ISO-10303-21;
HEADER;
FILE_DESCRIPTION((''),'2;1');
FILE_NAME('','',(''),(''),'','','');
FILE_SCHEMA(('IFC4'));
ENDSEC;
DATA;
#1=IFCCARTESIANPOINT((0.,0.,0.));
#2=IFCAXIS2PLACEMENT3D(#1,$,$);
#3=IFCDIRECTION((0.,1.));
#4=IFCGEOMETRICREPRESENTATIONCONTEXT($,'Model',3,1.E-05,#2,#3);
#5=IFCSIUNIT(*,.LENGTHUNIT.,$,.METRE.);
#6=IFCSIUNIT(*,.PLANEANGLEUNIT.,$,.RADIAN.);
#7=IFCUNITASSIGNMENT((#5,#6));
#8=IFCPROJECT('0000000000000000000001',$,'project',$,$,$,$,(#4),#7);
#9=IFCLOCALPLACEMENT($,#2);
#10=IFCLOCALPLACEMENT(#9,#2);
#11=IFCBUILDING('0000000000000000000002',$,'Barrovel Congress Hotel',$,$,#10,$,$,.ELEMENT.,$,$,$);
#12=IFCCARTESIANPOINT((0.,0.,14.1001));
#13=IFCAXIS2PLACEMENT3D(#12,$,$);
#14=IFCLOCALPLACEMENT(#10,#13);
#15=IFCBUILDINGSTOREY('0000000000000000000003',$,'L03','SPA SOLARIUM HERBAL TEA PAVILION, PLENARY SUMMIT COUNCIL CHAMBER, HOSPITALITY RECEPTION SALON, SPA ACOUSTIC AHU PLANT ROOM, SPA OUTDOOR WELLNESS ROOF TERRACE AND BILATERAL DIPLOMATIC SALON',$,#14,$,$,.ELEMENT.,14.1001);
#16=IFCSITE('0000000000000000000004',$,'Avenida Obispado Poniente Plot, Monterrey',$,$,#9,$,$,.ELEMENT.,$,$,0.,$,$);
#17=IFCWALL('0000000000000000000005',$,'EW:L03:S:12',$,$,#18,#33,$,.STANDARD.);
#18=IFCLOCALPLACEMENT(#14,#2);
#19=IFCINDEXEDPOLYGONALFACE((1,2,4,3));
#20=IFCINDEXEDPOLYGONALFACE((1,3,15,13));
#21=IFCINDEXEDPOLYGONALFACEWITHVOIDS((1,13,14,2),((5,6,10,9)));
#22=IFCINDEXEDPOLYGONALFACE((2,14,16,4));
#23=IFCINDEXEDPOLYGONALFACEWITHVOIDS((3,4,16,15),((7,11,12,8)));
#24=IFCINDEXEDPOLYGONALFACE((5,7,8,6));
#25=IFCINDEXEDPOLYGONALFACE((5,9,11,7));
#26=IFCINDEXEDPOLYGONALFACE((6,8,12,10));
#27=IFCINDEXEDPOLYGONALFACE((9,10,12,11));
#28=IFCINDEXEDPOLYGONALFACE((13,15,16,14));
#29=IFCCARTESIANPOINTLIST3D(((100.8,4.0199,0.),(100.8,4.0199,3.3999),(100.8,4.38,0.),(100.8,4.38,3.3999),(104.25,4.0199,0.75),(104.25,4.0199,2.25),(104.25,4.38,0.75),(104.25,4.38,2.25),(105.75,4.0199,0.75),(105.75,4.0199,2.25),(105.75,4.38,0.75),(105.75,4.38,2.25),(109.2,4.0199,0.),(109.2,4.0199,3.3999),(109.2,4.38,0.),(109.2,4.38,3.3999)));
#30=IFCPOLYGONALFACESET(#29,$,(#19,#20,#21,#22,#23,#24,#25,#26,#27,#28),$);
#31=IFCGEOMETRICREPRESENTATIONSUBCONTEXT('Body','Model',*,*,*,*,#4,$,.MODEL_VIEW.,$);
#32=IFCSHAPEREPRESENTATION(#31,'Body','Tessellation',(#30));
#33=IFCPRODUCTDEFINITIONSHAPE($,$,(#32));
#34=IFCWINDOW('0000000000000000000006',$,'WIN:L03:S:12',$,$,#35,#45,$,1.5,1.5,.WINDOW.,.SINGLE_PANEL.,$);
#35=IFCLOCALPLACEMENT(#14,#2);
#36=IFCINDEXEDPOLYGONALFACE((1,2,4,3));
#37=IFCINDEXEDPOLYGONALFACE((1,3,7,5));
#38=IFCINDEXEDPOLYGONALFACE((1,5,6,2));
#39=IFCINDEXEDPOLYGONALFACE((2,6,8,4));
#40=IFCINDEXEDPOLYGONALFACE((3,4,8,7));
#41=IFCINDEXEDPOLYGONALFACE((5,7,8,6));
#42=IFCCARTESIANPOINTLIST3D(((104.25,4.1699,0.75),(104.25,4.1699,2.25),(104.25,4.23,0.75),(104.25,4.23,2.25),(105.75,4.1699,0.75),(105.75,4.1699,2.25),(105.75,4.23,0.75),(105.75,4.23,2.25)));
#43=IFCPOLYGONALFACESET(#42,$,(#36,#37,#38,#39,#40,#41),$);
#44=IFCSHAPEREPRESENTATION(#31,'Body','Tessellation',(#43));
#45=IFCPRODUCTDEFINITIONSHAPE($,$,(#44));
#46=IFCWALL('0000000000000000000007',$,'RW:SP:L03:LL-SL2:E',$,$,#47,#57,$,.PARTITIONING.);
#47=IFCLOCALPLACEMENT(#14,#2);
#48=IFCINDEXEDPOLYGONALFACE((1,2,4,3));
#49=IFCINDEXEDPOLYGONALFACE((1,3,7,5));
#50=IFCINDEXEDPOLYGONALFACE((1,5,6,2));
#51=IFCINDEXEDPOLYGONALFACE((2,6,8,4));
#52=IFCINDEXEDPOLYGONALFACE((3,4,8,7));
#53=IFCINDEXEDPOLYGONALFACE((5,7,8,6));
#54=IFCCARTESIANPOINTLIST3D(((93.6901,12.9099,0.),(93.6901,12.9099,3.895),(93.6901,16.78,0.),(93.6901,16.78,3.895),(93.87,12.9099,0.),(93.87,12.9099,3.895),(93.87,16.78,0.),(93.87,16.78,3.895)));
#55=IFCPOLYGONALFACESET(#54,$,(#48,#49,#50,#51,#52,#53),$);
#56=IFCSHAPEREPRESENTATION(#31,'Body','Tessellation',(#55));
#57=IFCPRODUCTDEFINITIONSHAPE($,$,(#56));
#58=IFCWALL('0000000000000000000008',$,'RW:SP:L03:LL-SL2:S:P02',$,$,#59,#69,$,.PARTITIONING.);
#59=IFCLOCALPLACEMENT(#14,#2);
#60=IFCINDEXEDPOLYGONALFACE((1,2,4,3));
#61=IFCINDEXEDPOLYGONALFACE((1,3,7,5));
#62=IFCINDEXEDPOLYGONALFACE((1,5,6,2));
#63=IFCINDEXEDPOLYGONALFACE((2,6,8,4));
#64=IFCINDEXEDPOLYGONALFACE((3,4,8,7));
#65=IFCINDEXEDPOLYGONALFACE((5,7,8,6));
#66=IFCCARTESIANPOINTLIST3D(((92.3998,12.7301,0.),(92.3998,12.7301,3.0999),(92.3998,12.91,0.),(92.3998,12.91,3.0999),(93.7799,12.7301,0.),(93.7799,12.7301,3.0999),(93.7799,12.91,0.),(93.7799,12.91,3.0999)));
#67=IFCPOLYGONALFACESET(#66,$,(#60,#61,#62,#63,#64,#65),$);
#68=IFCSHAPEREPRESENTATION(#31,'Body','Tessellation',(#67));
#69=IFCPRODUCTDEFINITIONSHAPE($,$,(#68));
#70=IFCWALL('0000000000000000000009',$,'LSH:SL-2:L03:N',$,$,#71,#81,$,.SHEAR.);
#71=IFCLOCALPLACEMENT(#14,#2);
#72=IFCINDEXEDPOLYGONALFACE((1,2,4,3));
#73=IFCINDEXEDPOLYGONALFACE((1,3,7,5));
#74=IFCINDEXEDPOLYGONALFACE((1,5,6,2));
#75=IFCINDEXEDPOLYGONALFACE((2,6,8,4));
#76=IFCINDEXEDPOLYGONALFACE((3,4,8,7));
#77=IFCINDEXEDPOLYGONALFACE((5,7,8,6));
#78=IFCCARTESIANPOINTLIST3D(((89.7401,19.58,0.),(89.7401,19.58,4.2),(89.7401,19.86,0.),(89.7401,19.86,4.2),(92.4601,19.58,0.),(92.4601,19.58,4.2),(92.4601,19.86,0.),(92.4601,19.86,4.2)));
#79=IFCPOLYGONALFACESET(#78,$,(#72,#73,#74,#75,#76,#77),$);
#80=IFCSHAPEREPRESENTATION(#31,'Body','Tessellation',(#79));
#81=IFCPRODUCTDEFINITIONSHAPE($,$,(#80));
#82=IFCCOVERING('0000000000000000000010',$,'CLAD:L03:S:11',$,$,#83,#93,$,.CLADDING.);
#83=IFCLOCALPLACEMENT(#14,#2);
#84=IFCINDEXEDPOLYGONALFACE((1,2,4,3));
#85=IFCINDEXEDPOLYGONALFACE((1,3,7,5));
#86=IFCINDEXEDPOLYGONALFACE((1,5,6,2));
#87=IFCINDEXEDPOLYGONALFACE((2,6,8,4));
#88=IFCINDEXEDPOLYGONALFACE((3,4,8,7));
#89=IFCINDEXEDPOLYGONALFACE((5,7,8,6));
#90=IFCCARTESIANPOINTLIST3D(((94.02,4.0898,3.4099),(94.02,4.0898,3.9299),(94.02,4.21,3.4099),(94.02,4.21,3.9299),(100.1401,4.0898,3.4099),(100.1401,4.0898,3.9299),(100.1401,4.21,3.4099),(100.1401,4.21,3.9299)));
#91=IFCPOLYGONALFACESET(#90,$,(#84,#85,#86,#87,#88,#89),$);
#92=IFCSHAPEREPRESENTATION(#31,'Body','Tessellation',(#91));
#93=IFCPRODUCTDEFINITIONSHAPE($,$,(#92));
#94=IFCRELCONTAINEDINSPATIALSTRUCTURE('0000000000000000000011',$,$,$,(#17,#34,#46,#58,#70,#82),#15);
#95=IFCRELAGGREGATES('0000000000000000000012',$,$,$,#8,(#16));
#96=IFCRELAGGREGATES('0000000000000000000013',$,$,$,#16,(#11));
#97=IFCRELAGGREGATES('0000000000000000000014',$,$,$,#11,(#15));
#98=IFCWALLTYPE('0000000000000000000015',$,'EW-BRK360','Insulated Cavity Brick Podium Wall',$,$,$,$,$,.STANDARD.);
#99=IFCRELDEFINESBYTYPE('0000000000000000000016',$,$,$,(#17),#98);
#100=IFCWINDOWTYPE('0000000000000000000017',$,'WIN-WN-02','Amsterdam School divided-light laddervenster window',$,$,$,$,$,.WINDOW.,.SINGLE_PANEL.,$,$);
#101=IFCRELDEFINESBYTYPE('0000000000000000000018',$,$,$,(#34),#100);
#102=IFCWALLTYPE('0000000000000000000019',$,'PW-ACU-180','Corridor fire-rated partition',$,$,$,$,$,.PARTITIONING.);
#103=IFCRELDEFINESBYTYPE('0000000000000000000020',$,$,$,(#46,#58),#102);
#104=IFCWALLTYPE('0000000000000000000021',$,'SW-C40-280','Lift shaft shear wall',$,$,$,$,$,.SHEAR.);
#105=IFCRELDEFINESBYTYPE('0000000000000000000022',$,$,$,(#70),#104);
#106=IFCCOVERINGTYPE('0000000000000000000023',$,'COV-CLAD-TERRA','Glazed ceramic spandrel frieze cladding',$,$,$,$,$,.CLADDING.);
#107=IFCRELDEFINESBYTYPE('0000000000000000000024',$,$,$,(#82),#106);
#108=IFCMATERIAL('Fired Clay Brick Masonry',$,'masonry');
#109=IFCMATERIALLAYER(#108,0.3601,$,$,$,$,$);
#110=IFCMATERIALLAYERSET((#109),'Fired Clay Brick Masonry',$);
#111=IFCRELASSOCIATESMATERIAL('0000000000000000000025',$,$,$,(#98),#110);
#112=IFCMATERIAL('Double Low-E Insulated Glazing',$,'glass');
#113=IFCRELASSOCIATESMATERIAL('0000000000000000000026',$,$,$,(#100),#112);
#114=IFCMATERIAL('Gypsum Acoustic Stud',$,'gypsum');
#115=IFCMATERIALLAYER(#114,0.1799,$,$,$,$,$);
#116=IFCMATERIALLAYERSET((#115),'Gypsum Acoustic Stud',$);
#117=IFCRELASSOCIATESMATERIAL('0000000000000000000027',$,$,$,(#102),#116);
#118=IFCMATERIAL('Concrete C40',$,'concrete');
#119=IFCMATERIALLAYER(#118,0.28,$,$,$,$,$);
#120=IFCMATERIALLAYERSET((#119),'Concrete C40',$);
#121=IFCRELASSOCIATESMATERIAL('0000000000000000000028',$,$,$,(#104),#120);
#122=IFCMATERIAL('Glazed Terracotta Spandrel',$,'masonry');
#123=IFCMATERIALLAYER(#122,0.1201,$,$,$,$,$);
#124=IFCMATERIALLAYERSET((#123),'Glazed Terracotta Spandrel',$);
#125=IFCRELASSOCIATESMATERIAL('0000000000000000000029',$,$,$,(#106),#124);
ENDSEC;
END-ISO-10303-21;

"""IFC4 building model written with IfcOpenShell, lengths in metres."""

from ifc_helpers import new_model, si_unit, direction, frame, frame_2d, origin, origin_2d, place, context, subcontext, project, spatial, rectangle, extrude, material, layer, layer_set, type_object, element, fill, save


model = new_model("IFC4")

# Units and contexts
model_context = context("Model", 3, precision=1e-05, world=origin(), true_north=direction((0.0, 1.0)))
body_context = subcontext(model_context, "Body", "Model", "MODEL_VIEW")
ifc_project = project(units=[si_unit("LENGTHUNIT", "METRE"), si_unit("PLANEANGLEUNIT", "RADIAN")], contexts=[model_context])

# Site, building, storey
site_placement = place(None, origin())
site = spatial("IfcSite", under=ifc_project, at=site_placement, Name="Avenida Obispado Poniente Plot, Monterrey", CompositionType="ELEMENT", RefElevation=0.0)
building_placement = place(site_placement, origin())
building = spatial("IfcBuilding", under=site, at=building_placement, Name="Barrovel Congress Hotel", CompositionType="ELEMENT")
storey_placement = place(building_placement, frame((0.0, 0.0, 14.1001)))
storey = spatial("IfcBuildingStorey", under=building, at=storey_placement, Name="L03", Description="SPA SOLARIUM HERBAL TEA PAVILION, PLENARY SUMMIT COUNCIL CHAMBER, HOSPITALITY RECEPTION SALON, SPA ACOUSTIC AHU PLANT ROOM, SPA OUTDOOR WELLNESS ROOF TERRACE AND BILATERAL DIPLOMATIC SALON", CompositionType="ELEMENT", Elevation=14.1001)

# Shared definitions
ifc_material_1 = material(Name="Concrete C40", Category="concrete")

# Shared definitions
ifc_material_2 = material(Name="Double Low-E Insulated Glazing", Category="glass")

# Shared definitions
ifc_material_3 = material(Name="Fired Clay Brick Masonry", Category="masonry")
ifc_layer_1 = layer(ifc_material_3, 0.3601)
ifc_layer_set_1 = layer_set([ifc_layer_1], Name="Fired Clay Brick Masonry")
wall_type_1 = type_object("IfcWallType", Name="EW-BRK360", Description="Insulated Cavity Brick Podium Wall", PredefinedType="STANDARD", material=ifc_layer_set_1)

# Wall, opening, window
wall_1_placement = place(storey_placement, frame((100.8, 4.2, 0.0), z_axis=(0.0, 0.0, 1.0), x_axis=(1.0, 0.0, 0.0)))
wall_1 = element("IfcWall", 1, at=wall_1_placement, inside=storey, type_object=wall_type_1, Name="EW:L03:S:12", PredefinedType="STANDARD", context=body_context, shape_type="SweptSolid", body=[
    extrude(rectangle(XDim=8.3999, YDim=0.3601, at=frame_2d((4.2, 0.0))), origin(), (0.0, 0.0, 1.0), 3.3999),
])
opening_placement = place(wall_1_placement, frame((3.45, 0.0, 0.75)))
opening = element("IfcOpeningElement", 2, at=opening_placement, cuts=wall_1, PredefinedType="OPENING", context=body_context, shape_type="SweptSolid", body=[
    extrude(rectangle(XDim=1.5, YDim=1.5, at=frame_2d((0.75, 0.75))), frame((0.0, 0.1899, 0.0), z_axis=(0.0, -1.0, 0.0), x_axis=(1.0, 0.0, 0.0)), (0.0, 0.0, 1.0), 0.3801),
])
window_type = type_object("IfcWindowType", Name="WIN-WN-02", Description="Amsterdam School divided-light laddervenster window", PartitioningType="SINGLE_PANEL", PredefinedType="WINDOW", material=ifc_material_2)
window_placement = place(opening_placement, origin())
window = element("IfcWindow", 3, at=window_placement, inside=storey, type_object=window_type, Name="WIN:L03:S:12", OverallHeight=1.5, OverallWidth=1.5, PartitioningType="SINGLE_PANEL", PredefinedType="WINDOW", context=body_context, shape_type="SweptSolid", body=[
    extrude(rectangle(XDim=1.5, YDim=1.5, at=frame_2d((0.75, 0.75))), frame((0.0, 0.03, 0.0), z_axis=(0.0, -1.0, 0.0), x_axis=(1.0, 0.0, 0.0)), (0.0, 0.0, 1.0), 0.0601),
])
fill(opening, window)

# Walls
ifc_material_4 = material(Name="Gypsum Acoustic Stud", Category="gypsum")
ifc_layer_2 = layer(ifc_material_4, 0.1799)
ifc_layer_set_2 = layer_set([ifc_layer_2], Name="Gypsum Acoustic Stud")
wall_type_2 = type_object("IfcWallType", Name="PW-ACU-180", Description="Corridor fire-rated partition", PredefinedType="PARTITIONING", material=ifc_layer_set_2)
wall_2_placement = place(storey_placement, frame((93.78, 12.9099, 0.0), z_axis=(0.0, 0.0, 1.0), x_axis=(0.0, 1.0, 0.0)))
element("IfcWall", 4, at=wall_2_placement, inside=storey, type_object=wall_type_2, Name="RW:SP:L03:LL-SL2:E", PredefinedType="PARTITIONING", context=body_context, shape_type="SweptSolid", body=[
    extrude(rectangle(XDim=3.8701, YDim=0.1799, at=frame_2d((1.9351, 0.0))), origin(), (0.0, 0.0, 1.0), 3.895),
])
wall_3_placement = place(storey_placement, frame((92.3999, 12.8201, 0.0), z_axis=(0.0, 0.0, 1.0), x_axis=(1.0, 0.0, 0.0)))
element("IfcWall", 5, at=wall_3_placement, inside=storey, type_object=wall_type_2, Name="RW:SP:L03:LL-SL2:S:P02", PredefinedType="PARTITIONING", context=body_context, shape_type="SweptSolid", body=[
    extrude(rectangle(XDim=1.3801, YDim=0.1799, at=frame_2d((0.6899, 0.0))), origin(), (0.0, 0.0, 1.0), 3.0999),
])
ifc_layer_3 = layer(ifc_material_1, 0.28)
ifc_layer_set_3 = layer_set([ifc_layer_3], Name="Concrete C40")
wall_type_3 = type_object("IfcWallType", Name="SW-C40-280", Description="Lift shaft shear wall", PredefinedType="SHEAR", material=ifc_layer_set_3)
wall_4_placement = place(storey_placement, frame((92.46, 19.72, 0.0), z_axis=(0.0, 0.0, 1.0), x_axis=(-1.0, 0.0, 0.0)))
element("IfcWall", 6, at=wall_4_placement, inside=storey, type_object=wall_type_3, Name="LSH:SL-2:L03:N", PredefinedType="SHEAR", context=body_context, shape_type="SweptSolid", body=[
    extrude(rectangle(XDim=2.72, YDim=0.28, at=frame_2d((1.3599, 0.0))), origin(), (0.0, 0.0, 1.0), 4.2),
])

# Covering
ifc_material_5 = material(Name="Glazed Terracotta Spandrel", Category="masonry")
ifc_layer_4 = layer(ifc_material_5, 0.1201)
ifc_layer_set_4 = layer_set([ifc_layer_4], Name="Glazed Terracotta Spandrel")
covering_type = type_object("IfcCoveringType", Name="COV-CLAD-TERRA", Description="Glazed ceramic spandrel frieze cladding", PredefinedType="CLADDING", material=ifc_layer_set_4)
covering_placement = place(storey_placement, frame((97.0801, 4.1499, 3.4099), z_axis=(0.0, 0.0, 1.0), x_axis=(1.0, 0.0, 0.0)))
element("IfcCovering", 7, at=covering_placement, inside=storey, type_object=covering_type, Name="CLAD:L03:S:11", PredefinedType="CLADDING", context=body_context, shape_type="SweptSolid", body=[
    extrude(rectangle(XDim=6.1201, YDim=0.1201, at=origin_2d()), origin(), (0.0, 0.0, 1.0), 0.52),
])

save(model, "model.ifc")
